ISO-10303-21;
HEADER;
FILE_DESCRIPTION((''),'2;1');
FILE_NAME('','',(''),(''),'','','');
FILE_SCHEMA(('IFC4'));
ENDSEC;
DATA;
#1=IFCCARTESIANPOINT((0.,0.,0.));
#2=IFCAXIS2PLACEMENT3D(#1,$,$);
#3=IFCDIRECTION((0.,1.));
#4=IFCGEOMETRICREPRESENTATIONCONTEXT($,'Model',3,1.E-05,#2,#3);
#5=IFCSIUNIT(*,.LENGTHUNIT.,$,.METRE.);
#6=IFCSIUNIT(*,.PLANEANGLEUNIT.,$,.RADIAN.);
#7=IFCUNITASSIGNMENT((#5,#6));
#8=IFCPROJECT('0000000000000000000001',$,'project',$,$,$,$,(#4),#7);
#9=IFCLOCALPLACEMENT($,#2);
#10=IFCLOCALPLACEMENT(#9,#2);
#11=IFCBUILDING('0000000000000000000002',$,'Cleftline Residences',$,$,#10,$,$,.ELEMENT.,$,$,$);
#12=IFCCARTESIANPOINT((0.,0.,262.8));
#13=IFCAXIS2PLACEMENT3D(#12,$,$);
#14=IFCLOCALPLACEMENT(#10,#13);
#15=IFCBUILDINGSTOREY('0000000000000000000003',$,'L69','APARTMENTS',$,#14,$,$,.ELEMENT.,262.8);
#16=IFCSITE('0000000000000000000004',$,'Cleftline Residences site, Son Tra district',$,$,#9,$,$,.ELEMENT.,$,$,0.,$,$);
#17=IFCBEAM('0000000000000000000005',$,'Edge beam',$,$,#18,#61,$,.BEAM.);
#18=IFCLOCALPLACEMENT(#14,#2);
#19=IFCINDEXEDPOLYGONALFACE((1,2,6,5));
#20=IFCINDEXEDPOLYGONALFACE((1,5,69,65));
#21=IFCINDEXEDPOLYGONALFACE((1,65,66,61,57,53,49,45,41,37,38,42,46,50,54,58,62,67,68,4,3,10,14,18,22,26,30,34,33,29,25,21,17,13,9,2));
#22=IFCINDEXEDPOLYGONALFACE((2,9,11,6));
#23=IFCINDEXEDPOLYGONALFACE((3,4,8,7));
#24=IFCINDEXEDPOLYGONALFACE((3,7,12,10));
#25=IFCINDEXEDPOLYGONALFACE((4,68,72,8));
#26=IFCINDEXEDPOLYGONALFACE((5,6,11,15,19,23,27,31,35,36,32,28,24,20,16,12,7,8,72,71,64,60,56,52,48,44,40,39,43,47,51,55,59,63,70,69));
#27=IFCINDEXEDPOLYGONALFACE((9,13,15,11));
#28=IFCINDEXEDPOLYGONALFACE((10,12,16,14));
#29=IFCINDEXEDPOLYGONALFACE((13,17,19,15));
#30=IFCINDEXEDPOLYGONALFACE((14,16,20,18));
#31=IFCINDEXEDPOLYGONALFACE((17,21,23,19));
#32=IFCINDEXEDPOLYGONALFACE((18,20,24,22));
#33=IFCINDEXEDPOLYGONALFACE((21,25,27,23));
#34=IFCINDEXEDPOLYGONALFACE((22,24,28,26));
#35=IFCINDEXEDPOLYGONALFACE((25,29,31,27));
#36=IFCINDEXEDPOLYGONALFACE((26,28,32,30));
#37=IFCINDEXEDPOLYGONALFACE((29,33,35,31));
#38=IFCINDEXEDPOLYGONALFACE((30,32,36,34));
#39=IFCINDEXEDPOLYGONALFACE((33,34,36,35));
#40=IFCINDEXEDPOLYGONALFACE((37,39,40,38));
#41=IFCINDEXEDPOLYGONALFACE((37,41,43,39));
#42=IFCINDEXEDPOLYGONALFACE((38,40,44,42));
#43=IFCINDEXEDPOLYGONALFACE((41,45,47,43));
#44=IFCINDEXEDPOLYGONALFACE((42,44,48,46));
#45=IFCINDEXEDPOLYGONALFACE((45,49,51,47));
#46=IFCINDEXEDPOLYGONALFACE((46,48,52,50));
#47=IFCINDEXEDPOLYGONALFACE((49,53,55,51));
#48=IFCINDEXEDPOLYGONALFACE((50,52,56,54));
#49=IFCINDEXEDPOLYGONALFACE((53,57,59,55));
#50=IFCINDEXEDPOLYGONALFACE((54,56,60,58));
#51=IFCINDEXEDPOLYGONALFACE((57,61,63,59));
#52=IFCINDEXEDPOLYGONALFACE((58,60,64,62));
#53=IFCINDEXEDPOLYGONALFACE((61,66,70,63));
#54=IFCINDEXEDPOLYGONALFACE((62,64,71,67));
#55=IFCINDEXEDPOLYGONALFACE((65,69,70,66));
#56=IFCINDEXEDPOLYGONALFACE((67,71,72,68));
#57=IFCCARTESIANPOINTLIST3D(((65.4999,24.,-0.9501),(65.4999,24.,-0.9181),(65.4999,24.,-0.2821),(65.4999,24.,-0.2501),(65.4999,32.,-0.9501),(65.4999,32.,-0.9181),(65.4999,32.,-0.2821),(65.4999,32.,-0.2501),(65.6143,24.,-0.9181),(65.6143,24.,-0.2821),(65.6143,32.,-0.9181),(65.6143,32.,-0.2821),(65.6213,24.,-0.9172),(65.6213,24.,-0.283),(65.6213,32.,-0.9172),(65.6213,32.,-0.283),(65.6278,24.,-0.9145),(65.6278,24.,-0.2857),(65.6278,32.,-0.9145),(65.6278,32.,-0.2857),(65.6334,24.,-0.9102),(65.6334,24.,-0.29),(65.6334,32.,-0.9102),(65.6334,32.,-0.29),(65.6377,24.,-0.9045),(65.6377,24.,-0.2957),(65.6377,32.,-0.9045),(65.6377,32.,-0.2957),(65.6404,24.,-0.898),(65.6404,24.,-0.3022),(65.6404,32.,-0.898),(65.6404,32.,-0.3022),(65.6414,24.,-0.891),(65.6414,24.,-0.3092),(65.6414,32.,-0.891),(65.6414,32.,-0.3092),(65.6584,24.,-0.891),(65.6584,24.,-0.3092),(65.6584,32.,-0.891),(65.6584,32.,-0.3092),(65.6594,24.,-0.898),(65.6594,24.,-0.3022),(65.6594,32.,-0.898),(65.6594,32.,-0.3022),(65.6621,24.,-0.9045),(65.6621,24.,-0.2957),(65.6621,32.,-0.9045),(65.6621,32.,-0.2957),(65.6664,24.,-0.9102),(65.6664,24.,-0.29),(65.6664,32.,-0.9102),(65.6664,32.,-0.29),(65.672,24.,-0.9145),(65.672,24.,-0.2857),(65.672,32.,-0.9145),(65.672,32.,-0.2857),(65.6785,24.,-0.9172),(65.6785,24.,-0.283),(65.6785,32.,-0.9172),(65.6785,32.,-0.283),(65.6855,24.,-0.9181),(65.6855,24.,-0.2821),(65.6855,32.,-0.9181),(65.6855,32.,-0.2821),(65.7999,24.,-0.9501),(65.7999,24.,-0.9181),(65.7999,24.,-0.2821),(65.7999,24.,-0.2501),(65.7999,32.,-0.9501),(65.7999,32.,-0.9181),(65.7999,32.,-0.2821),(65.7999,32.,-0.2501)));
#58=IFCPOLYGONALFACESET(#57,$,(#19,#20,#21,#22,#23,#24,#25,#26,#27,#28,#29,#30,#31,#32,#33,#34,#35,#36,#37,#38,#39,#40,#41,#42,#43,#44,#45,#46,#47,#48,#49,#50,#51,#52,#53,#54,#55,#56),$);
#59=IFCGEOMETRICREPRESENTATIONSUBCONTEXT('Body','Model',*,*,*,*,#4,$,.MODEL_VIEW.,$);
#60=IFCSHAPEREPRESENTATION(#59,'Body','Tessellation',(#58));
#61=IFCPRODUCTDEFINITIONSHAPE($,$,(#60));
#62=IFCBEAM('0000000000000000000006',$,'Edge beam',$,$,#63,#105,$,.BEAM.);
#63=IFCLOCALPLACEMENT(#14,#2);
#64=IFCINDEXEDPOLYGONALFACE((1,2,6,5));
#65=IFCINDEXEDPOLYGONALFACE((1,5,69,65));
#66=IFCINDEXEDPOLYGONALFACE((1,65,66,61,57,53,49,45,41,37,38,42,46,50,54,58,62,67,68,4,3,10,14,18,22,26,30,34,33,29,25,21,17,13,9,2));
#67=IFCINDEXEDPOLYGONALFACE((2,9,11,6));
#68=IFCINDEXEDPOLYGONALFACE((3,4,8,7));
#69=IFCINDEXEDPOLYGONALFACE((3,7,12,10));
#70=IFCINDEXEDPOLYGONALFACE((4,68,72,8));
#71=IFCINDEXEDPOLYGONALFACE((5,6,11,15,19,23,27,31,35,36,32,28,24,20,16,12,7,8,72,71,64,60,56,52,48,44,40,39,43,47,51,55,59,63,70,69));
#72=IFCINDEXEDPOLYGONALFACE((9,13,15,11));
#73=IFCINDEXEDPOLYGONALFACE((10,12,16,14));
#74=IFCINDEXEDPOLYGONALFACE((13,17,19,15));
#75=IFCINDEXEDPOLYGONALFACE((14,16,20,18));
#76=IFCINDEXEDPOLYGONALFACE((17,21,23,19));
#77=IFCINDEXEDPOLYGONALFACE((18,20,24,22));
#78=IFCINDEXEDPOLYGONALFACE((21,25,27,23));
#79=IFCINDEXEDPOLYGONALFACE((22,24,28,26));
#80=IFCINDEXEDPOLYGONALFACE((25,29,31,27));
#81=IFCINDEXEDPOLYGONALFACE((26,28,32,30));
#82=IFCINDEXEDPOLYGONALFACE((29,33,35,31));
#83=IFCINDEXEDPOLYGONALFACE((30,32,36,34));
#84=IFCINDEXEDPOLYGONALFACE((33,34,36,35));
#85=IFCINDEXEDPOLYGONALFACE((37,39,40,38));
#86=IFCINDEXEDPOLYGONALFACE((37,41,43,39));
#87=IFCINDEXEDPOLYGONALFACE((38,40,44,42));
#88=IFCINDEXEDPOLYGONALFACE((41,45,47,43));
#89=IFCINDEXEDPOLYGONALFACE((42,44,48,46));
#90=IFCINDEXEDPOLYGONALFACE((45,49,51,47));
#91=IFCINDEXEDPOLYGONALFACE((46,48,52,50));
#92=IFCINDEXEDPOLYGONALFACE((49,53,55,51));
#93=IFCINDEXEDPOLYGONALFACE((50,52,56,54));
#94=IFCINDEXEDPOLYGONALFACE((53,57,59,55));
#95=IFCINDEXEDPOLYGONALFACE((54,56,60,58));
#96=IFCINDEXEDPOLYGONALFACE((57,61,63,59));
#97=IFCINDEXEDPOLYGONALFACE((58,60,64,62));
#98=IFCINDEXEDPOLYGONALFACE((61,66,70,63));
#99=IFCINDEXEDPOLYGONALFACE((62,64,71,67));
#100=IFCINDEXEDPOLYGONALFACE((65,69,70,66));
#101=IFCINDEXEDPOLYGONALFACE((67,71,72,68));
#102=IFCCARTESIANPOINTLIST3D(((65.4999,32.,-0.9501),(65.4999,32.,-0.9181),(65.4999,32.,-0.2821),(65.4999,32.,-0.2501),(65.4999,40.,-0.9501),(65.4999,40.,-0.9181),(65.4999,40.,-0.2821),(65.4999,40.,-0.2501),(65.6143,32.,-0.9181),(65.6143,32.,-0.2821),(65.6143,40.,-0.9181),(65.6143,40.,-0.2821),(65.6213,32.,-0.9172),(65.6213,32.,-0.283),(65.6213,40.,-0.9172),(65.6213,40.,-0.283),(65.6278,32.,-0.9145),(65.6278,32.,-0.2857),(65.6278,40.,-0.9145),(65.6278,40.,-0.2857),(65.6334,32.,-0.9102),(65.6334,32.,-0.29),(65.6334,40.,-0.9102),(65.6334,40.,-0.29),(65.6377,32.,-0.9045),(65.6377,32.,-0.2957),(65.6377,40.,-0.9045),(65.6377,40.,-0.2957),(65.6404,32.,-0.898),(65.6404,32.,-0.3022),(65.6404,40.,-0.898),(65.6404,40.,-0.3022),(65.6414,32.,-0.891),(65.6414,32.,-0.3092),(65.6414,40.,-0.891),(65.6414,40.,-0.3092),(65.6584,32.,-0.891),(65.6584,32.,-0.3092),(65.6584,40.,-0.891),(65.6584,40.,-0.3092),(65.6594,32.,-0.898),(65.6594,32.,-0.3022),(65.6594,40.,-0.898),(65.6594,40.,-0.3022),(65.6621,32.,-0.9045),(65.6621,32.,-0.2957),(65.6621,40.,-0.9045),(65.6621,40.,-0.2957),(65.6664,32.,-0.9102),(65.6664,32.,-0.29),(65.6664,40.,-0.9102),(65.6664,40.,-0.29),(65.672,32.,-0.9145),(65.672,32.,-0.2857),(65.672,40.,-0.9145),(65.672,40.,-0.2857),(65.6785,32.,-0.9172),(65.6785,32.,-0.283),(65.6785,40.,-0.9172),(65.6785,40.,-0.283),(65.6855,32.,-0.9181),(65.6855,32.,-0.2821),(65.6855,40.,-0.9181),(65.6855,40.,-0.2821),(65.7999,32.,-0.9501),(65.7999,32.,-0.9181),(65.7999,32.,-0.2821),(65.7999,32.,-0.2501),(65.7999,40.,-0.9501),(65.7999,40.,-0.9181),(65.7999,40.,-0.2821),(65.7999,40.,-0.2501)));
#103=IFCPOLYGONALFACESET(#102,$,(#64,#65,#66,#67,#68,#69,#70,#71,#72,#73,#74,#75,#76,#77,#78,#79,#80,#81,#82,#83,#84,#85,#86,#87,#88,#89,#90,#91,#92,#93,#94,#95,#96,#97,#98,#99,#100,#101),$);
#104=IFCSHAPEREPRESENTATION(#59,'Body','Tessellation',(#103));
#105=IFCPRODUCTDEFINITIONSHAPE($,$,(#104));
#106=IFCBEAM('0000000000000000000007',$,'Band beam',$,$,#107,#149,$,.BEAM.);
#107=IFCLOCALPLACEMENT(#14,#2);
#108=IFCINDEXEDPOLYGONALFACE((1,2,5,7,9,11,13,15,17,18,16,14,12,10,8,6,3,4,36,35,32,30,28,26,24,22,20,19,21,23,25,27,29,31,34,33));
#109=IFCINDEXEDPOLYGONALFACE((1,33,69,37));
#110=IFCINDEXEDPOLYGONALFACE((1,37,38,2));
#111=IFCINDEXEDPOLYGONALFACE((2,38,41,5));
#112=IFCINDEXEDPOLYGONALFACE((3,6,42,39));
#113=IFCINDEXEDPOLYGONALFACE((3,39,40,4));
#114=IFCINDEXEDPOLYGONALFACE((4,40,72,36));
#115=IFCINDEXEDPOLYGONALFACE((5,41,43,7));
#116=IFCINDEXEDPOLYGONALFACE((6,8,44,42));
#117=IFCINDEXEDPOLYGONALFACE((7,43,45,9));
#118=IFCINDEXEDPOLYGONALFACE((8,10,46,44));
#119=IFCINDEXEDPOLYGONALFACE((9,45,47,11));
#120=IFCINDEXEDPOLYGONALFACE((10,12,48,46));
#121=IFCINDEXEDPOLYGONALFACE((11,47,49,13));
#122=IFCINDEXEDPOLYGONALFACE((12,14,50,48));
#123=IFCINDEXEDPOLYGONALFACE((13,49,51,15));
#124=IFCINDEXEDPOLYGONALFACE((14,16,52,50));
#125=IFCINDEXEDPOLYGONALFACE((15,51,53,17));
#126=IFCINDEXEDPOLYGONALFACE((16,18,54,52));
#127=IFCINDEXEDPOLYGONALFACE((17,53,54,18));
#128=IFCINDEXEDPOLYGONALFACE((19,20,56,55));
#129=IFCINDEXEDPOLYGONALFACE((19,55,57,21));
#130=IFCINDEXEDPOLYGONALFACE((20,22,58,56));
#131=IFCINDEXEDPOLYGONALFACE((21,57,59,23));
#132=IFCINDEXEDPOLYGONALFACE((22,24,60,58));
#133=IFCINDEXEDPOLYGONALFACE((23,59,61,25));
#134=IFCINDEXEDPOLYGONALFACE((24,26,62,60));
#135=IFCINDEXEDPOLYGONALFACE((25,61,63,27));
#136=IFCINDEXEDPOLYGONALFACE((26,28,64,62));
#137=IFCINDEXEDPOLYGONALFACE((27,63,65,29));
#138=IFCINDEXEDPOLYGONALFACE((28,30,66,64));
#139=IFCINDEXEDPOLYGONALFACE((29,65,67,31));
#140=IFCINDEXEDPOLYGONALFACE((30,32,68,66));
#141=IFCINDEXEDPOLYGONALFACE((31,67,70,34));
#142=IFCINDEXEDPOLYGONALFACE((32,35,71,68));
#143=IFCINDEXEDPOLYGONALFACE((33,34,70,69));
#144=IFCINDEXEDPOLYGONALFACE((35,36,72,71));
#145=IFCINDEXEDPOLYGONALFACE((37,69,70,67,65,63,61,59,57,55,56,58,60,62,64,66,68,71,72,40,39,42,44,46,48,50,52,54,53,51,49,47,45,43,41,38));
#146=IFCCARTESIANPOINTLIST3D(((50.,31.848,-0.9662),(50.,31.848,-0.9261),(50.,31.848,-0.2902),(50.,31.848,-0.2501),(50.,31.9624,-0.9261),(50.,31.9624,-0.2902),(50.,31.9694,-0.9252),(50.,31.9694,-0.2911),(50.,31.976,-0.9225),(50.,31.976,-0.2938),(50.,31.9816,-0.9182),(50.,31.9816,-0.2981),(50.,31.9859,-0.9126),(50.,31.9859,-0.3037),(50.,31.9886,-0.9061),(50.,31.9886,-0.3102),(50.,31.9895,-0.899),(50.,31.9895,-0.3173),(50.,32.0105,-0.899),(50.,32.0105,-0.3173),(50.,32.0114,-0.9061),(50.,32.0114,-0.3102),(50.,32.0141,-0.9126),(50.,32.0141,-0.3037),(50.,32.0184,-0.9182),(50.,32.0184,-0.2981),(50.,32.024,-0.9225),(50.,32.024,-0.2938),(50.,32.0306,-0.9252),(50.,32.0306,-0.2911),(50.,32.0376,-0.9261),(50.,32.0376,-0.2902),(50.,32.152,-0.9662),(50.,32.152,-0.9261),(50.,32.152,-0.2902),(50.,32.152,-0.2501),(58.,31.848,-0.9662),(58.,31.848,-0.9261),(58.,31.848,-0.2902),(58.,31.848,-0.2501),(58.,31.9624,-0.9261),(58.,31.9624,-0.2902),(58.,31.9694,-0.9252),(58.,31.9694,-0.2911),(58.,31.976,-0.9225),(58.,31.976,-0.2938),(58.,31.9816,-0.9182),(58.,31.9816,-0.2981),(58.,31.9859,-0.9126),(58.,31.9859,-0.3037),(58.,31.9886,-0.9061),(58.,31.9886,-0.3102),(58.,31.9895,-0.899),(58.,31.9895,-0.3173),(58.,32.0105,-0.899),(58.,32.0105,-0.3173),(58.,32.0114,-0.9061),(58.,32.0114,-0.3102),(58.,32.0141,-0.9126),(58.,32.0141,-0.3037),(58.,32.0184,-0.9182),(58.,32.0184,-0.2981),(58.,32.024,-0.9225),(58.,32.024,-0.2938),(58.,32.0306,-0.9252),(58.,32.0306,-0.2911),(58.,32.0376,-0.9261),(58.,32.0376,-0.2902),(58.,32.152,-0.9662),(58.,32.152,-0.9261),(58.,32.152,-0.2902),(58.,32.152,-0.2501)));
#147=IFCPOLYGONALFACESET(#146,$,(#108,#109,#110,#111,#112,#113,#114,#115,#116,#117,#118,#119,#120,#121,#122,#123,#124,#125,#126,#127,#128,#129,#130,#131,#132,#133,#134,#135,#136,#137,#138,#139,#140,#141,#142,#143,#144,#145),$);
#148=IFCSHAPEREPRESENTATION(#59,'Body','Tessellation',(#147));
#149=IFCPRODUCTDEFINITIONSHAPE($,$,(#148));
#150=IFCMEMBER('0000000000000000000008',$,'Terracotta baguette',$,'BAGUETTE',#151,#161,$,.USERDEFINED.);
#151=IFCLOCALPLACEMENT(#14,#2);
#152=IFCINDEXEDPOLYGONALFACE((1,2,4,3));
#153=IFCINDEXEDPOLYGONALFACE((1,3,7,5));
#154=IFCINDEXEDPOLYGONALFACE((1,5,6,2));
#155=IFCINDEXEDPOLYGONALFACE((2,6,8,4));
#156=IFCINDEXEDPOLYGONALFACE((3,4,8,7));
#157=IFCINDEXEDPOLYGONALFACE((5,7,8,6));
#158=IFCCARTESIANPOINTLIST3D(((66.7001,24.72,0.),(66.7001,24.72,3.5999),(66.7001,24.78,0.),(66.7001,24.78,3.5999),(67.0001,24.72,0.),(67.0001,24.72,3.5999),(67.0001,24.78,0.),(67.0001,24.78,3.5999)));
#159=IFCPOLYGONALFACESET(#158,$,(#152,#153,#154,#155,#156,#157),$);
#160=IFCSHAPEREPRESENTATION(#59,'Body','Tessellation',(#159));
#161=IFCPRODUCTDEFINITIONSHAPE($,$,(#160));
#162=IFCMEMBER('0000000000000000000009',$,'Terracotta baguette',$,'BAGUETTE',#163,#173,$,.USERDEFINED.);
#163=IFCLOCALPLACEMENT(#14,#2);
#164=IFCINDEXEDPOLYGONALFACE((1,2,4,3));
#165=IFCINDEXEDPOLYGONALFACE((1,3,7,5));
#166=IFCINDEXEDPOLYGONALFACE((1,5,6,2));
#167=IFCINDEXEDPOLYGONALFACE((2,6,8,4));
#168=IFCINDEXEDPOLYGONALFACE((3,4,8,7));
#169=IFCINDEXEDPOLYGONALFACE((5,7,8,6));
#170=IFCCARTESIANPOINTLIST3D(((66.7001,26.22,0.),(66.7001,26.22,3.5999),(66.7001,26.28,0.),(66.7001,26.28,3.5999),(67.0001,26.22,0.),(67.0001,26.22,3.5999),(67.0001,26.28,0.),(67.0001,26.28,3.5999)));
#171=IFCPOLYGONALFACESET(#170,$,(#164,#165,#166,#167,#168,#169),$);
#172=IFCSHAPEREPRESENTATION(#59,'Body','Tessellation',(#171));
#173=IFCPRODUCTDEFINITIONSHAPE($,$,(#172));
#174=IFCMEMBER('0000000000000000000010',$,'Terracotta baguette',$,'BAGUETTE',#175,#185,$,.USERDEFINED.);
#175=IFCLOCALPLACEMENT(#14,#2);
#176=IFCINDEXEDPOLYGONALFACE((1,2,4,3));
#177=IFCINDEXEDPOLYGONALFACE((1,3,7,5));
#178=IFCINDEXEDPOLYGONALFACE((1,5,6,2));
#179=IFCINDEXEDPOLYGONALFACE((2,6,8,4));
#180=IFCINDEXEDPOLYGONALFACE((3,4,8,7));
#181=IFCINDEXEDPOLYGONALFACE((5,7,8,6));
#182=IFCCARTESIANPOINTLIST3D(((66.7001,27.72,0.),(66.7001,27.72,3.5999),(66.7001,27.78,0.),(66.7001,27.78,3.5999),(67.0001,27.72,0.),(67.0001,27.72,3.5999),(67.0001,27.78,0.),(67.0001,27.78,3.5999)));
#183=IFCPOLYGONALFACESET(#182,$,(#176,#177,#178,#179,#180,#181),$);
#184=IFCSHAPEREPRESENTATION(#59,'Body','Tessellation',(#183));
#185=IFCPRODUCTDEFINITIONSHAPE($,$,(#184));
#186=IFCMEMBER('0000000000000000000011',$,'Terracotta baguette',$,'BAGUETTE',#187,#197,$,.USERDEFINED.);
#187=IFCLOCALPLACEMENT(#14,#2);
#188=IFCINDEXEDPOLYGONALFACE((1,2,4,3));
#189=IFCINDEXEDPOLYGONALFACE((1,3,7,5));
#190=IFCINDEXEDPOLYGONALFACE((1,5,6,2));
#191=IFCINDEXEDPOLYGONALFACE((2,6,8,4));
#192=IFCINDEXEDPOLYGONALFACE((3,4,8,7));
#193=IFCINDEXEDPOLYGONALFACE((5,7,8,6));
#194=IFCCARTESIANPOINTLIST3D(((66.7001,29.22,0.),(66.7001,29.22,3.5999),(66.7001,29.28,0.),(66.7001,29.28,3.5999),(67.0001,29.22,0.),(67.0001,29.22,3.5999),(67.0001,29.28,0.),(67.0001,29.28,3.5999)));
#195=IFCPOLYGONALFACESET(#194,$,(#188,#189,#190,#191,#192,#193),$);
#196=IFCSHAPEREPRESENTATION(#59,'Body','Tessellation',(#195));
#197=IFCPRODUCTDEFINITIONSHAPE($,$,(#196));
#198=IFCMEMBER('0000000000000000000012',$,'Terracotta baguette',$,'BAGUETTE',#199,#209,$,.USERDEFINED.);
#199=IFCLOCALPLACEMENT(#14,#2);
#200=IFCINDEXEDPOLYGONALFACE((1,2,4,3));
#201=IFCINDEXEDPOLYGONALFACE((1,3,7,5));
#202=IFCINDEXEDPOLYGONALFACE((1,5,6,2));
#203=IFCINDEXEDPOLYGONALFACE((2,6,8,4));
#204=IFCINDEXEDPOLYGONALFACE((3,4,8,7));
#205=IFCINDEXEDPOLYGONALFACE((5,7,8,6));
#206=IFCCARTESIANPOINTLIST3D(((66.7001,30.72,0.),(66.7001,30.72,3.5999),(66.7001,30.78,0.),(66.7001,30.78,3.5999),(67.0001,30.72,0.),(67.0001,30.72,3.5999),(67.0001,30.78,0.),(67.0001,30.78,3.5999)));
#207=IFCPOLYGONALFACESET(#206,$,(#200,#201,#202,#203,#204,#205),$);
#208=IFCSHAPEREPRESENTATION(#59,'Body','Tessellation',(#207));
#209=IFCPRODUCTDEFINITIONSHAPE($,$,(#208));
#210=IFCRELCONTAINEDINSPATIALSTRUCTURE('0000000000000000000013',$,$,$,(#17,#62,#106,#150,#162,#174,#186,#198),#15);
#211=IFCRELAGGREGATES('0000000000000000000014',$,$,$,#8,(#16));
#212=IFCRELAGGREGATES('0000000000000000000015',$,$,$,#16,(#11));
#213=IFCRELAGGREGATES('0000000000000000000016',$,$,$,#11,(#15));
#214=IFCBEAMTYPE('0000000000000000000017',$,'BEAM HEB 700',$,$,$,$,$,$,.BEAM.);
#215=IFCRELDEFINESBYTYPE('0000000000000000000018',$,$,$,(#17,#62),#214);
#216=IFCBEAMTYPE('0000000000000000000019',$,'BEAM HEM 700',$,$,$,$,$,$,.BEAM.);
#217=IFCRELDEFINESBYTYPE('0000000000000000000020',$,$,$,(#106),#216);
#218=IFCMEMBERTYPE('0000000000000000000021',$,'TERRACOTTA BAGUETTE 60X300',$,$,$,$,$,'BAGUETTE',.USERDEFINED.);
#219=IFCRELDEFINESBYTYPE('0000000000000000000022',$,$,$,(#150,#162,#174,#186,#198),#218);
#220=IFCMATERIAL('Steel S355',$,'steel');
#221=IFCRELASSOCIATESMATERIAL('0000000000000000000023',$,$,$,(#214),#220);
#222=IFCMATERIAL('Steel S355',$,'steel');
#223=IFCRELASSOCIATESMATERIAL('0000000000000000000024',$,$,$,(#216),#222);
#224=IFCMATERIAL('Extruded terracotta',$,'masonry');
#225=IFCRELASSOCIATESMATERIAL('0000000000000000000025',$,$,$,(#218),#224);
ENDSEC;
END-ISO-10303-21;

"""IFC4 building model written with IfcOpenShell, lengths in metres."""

from ifc_helpers import new_model, si_unit, direction, frame, origin, origin_2d, place, context, subcontext, project, spatial, rectangle, i_section, extrude, material, material_profile, profile_set, type_object, element, save


model = new_model("IFC4")

# Units and contexts
model_context = context("Model", 3, precision=1e-05, world=origin(), true_north=direction((0.0, 1.0)))
body_context = subcontext(model_context, "Body", "Model", "MODEL_VIEW")
ifc_project = project(units=[si_unit("LENGTHUNIT", "METRE"), si_unit("PLANEANGLEUNIT", "RADIAN")], contexts=[model_context])

# Site, building, storey
site_placement = place(None, origin())
site = spatial("IfcSite", under=ifc_project, at=site_placement, Name="Cleftline Residences site, Son Tra district", CompositionType="ELEMENT", RefElevation=0.0)
building_placement = place(site_placement, origin())
building = spatial("IfcBuilding", under=site, at=building_placement, Name="Cleftline Residences", CompositionType="ELEMENT")
storey_placement = place(building_placement, frame((0.0, 0.0, 262.8)))
storey = spatial("IfcBuildingStorey", under=building, at=storey_placement, Name="L69", Description="APARTMENTS", CompositionType="ELEMENT", Elevation=262.8)

# Beams
ifc_material_1 = material(Name="Steel S355", Category="steel")
ifc_material_profile_1 = material_profile(ifc_material_1, i_section(OverallWidth=0.3, OverallDepth=0.7, WebThickness=0.0171, FlangeThickness=0.032, FilletRadius=0.0271, at=origin_2d()))
ifc_profile_set_1 = profile_set([ifc_material_profile_1], Name="Steel S355")
beam_type_1 = type_object("IfcBeamType", Name="BEAM HEB 700", PredefinedType="BEAM", material=ifc_profile_set_1)
for number, where, z_axis, x_axis, name in (
    (1, (65.6499, 24.0, -0.6001), (0.0, 1.0, 0.0), (-1.0, 0.0, 0.0), "Edge beam"),
    (2, (65.6499, 32.0, -0.6001), (0.0, 1.0, 0.0), (-1.0, 0.0, 0.0), "Edge beam"),
):
    element("IfcBeam", number, at=place(storey_placement, frame(where, z_axis=z_axis, x_axis=x_axis)), inside=storey, type_object=beam_type_1, Name=name, PredefinedType="BEAM", context=body_context, shape_type="SweptSolid", body=[
        extrude(i_section(OverallWidth=0.3, OverallDepth=0.7, WebThickness=0.0171, FlangeThickness=0.032, FilletRadius=0.0271, at=origin_2d()), origin(), (0.0, 0.0, 1.0), 8.0),
    ])
ifc_material_2 = material(Name="Steel S355", Category="steel")
ifc_material_profile_2 = material_profile(ifc_material_2, i_section(OverallWidth=0.304, OverallDepth=0.7161, WebThickness=0.021, FlangeThickness=0.04, FilletRadius=0.0271, at=origin_2d()))
ifc_profile_set_2 = profile_set([ifc_material_profile_2], Name="Steel S355")
beam_type_2 = type_object("IfcBeamType", Name="BEAM HEM 700", PredefinedType="BEAM", material=ifc_profile_set_2)
beam_placement = place(storey_placement, frame((58.0, 32.0, -0.6082), z_axis=(-1.0, 0.0, 0.0), x_axis=(0.0, -1.0, 0.0)))
element("IfcBeam", 3, at=beam_placement, inside=storey, type_object=beam_type_2, Name="Band beam", PredefinedType="BEAM", context=body_context, shape_type="SweptSolid", body=[
    extrude(i_section(OverallWidth=0.304, OverallDepth=0.7161, WebThickness=0.021, FlangeThickness=0.04, FilletRadius=0.0271, at=origin_2d()), origin(), (0.0, 0.0, 1.0), 8.0),
])

# Members
ifc_material_3 = material(Name="Extruded terracotta", Category="masonry")
ifc_material_profile_3 = material_profile(ifc_material_3, rectangle(XDim=0.0601, YDim=0.3, at=origin_2d()))
ifc_profile_set_3 = profile_set([ifc_material_profile_3], Name="Extruded terracotta")
member_type_1 = type_object("IfcMemberType", Name="TERRACOTTA BAGUETTE 60X300", ElementType="BAGUETTE", PredefinedType="USERDEFINED", material=ifc_profile_set_3)
for number, where, z_axis, x_axis, name in (
    (4, (66.8501, 24.75, 0.0), (0.0, 0.0, 1.0), (0.0, 1.0, 0.0), "Terracotta baguette"),
    (5, (66.8501, 26.25, 0.0), (0.0, 0.0, 1.0), (0.0, 1.0, 0.0), "Terracotta baguette"),
    (6, (66.8501, 27.75, 0.0), (0.0, 0.0, 1.0), (0.0, 1.0, 0.0), "Terracotta baguette"),
    (7, (66.8501, 29.25, 0.0), (0.0, 0.0, 1.0), (0.0, 1.0, 0.0), "Terracotta baguette"),
    (8, (66.8501, 30.75, 0.0), (0.0, 0.0, 1.0), (0.0, 1.0, 0.0), "Terracotta baguette"),
):
    element("IfcMember", number, at=place(storey_placement, frame(where, z_axis=z_axis, x_axis=x_axis)), inside=storey, type_object=member_type_1, Name=name, ObjectType="BAGUETTE", PredefinedType="USERDEFINED", context=body_context, shape_type="SweptSolid", body=[
        extrude(rectangle(XDim=0.0601, YDim=0.3, at=origin_2d()), origin(), (0.0, 0.0, 1.0), 3.5999),
    ])

save(model, "model.ifc")
